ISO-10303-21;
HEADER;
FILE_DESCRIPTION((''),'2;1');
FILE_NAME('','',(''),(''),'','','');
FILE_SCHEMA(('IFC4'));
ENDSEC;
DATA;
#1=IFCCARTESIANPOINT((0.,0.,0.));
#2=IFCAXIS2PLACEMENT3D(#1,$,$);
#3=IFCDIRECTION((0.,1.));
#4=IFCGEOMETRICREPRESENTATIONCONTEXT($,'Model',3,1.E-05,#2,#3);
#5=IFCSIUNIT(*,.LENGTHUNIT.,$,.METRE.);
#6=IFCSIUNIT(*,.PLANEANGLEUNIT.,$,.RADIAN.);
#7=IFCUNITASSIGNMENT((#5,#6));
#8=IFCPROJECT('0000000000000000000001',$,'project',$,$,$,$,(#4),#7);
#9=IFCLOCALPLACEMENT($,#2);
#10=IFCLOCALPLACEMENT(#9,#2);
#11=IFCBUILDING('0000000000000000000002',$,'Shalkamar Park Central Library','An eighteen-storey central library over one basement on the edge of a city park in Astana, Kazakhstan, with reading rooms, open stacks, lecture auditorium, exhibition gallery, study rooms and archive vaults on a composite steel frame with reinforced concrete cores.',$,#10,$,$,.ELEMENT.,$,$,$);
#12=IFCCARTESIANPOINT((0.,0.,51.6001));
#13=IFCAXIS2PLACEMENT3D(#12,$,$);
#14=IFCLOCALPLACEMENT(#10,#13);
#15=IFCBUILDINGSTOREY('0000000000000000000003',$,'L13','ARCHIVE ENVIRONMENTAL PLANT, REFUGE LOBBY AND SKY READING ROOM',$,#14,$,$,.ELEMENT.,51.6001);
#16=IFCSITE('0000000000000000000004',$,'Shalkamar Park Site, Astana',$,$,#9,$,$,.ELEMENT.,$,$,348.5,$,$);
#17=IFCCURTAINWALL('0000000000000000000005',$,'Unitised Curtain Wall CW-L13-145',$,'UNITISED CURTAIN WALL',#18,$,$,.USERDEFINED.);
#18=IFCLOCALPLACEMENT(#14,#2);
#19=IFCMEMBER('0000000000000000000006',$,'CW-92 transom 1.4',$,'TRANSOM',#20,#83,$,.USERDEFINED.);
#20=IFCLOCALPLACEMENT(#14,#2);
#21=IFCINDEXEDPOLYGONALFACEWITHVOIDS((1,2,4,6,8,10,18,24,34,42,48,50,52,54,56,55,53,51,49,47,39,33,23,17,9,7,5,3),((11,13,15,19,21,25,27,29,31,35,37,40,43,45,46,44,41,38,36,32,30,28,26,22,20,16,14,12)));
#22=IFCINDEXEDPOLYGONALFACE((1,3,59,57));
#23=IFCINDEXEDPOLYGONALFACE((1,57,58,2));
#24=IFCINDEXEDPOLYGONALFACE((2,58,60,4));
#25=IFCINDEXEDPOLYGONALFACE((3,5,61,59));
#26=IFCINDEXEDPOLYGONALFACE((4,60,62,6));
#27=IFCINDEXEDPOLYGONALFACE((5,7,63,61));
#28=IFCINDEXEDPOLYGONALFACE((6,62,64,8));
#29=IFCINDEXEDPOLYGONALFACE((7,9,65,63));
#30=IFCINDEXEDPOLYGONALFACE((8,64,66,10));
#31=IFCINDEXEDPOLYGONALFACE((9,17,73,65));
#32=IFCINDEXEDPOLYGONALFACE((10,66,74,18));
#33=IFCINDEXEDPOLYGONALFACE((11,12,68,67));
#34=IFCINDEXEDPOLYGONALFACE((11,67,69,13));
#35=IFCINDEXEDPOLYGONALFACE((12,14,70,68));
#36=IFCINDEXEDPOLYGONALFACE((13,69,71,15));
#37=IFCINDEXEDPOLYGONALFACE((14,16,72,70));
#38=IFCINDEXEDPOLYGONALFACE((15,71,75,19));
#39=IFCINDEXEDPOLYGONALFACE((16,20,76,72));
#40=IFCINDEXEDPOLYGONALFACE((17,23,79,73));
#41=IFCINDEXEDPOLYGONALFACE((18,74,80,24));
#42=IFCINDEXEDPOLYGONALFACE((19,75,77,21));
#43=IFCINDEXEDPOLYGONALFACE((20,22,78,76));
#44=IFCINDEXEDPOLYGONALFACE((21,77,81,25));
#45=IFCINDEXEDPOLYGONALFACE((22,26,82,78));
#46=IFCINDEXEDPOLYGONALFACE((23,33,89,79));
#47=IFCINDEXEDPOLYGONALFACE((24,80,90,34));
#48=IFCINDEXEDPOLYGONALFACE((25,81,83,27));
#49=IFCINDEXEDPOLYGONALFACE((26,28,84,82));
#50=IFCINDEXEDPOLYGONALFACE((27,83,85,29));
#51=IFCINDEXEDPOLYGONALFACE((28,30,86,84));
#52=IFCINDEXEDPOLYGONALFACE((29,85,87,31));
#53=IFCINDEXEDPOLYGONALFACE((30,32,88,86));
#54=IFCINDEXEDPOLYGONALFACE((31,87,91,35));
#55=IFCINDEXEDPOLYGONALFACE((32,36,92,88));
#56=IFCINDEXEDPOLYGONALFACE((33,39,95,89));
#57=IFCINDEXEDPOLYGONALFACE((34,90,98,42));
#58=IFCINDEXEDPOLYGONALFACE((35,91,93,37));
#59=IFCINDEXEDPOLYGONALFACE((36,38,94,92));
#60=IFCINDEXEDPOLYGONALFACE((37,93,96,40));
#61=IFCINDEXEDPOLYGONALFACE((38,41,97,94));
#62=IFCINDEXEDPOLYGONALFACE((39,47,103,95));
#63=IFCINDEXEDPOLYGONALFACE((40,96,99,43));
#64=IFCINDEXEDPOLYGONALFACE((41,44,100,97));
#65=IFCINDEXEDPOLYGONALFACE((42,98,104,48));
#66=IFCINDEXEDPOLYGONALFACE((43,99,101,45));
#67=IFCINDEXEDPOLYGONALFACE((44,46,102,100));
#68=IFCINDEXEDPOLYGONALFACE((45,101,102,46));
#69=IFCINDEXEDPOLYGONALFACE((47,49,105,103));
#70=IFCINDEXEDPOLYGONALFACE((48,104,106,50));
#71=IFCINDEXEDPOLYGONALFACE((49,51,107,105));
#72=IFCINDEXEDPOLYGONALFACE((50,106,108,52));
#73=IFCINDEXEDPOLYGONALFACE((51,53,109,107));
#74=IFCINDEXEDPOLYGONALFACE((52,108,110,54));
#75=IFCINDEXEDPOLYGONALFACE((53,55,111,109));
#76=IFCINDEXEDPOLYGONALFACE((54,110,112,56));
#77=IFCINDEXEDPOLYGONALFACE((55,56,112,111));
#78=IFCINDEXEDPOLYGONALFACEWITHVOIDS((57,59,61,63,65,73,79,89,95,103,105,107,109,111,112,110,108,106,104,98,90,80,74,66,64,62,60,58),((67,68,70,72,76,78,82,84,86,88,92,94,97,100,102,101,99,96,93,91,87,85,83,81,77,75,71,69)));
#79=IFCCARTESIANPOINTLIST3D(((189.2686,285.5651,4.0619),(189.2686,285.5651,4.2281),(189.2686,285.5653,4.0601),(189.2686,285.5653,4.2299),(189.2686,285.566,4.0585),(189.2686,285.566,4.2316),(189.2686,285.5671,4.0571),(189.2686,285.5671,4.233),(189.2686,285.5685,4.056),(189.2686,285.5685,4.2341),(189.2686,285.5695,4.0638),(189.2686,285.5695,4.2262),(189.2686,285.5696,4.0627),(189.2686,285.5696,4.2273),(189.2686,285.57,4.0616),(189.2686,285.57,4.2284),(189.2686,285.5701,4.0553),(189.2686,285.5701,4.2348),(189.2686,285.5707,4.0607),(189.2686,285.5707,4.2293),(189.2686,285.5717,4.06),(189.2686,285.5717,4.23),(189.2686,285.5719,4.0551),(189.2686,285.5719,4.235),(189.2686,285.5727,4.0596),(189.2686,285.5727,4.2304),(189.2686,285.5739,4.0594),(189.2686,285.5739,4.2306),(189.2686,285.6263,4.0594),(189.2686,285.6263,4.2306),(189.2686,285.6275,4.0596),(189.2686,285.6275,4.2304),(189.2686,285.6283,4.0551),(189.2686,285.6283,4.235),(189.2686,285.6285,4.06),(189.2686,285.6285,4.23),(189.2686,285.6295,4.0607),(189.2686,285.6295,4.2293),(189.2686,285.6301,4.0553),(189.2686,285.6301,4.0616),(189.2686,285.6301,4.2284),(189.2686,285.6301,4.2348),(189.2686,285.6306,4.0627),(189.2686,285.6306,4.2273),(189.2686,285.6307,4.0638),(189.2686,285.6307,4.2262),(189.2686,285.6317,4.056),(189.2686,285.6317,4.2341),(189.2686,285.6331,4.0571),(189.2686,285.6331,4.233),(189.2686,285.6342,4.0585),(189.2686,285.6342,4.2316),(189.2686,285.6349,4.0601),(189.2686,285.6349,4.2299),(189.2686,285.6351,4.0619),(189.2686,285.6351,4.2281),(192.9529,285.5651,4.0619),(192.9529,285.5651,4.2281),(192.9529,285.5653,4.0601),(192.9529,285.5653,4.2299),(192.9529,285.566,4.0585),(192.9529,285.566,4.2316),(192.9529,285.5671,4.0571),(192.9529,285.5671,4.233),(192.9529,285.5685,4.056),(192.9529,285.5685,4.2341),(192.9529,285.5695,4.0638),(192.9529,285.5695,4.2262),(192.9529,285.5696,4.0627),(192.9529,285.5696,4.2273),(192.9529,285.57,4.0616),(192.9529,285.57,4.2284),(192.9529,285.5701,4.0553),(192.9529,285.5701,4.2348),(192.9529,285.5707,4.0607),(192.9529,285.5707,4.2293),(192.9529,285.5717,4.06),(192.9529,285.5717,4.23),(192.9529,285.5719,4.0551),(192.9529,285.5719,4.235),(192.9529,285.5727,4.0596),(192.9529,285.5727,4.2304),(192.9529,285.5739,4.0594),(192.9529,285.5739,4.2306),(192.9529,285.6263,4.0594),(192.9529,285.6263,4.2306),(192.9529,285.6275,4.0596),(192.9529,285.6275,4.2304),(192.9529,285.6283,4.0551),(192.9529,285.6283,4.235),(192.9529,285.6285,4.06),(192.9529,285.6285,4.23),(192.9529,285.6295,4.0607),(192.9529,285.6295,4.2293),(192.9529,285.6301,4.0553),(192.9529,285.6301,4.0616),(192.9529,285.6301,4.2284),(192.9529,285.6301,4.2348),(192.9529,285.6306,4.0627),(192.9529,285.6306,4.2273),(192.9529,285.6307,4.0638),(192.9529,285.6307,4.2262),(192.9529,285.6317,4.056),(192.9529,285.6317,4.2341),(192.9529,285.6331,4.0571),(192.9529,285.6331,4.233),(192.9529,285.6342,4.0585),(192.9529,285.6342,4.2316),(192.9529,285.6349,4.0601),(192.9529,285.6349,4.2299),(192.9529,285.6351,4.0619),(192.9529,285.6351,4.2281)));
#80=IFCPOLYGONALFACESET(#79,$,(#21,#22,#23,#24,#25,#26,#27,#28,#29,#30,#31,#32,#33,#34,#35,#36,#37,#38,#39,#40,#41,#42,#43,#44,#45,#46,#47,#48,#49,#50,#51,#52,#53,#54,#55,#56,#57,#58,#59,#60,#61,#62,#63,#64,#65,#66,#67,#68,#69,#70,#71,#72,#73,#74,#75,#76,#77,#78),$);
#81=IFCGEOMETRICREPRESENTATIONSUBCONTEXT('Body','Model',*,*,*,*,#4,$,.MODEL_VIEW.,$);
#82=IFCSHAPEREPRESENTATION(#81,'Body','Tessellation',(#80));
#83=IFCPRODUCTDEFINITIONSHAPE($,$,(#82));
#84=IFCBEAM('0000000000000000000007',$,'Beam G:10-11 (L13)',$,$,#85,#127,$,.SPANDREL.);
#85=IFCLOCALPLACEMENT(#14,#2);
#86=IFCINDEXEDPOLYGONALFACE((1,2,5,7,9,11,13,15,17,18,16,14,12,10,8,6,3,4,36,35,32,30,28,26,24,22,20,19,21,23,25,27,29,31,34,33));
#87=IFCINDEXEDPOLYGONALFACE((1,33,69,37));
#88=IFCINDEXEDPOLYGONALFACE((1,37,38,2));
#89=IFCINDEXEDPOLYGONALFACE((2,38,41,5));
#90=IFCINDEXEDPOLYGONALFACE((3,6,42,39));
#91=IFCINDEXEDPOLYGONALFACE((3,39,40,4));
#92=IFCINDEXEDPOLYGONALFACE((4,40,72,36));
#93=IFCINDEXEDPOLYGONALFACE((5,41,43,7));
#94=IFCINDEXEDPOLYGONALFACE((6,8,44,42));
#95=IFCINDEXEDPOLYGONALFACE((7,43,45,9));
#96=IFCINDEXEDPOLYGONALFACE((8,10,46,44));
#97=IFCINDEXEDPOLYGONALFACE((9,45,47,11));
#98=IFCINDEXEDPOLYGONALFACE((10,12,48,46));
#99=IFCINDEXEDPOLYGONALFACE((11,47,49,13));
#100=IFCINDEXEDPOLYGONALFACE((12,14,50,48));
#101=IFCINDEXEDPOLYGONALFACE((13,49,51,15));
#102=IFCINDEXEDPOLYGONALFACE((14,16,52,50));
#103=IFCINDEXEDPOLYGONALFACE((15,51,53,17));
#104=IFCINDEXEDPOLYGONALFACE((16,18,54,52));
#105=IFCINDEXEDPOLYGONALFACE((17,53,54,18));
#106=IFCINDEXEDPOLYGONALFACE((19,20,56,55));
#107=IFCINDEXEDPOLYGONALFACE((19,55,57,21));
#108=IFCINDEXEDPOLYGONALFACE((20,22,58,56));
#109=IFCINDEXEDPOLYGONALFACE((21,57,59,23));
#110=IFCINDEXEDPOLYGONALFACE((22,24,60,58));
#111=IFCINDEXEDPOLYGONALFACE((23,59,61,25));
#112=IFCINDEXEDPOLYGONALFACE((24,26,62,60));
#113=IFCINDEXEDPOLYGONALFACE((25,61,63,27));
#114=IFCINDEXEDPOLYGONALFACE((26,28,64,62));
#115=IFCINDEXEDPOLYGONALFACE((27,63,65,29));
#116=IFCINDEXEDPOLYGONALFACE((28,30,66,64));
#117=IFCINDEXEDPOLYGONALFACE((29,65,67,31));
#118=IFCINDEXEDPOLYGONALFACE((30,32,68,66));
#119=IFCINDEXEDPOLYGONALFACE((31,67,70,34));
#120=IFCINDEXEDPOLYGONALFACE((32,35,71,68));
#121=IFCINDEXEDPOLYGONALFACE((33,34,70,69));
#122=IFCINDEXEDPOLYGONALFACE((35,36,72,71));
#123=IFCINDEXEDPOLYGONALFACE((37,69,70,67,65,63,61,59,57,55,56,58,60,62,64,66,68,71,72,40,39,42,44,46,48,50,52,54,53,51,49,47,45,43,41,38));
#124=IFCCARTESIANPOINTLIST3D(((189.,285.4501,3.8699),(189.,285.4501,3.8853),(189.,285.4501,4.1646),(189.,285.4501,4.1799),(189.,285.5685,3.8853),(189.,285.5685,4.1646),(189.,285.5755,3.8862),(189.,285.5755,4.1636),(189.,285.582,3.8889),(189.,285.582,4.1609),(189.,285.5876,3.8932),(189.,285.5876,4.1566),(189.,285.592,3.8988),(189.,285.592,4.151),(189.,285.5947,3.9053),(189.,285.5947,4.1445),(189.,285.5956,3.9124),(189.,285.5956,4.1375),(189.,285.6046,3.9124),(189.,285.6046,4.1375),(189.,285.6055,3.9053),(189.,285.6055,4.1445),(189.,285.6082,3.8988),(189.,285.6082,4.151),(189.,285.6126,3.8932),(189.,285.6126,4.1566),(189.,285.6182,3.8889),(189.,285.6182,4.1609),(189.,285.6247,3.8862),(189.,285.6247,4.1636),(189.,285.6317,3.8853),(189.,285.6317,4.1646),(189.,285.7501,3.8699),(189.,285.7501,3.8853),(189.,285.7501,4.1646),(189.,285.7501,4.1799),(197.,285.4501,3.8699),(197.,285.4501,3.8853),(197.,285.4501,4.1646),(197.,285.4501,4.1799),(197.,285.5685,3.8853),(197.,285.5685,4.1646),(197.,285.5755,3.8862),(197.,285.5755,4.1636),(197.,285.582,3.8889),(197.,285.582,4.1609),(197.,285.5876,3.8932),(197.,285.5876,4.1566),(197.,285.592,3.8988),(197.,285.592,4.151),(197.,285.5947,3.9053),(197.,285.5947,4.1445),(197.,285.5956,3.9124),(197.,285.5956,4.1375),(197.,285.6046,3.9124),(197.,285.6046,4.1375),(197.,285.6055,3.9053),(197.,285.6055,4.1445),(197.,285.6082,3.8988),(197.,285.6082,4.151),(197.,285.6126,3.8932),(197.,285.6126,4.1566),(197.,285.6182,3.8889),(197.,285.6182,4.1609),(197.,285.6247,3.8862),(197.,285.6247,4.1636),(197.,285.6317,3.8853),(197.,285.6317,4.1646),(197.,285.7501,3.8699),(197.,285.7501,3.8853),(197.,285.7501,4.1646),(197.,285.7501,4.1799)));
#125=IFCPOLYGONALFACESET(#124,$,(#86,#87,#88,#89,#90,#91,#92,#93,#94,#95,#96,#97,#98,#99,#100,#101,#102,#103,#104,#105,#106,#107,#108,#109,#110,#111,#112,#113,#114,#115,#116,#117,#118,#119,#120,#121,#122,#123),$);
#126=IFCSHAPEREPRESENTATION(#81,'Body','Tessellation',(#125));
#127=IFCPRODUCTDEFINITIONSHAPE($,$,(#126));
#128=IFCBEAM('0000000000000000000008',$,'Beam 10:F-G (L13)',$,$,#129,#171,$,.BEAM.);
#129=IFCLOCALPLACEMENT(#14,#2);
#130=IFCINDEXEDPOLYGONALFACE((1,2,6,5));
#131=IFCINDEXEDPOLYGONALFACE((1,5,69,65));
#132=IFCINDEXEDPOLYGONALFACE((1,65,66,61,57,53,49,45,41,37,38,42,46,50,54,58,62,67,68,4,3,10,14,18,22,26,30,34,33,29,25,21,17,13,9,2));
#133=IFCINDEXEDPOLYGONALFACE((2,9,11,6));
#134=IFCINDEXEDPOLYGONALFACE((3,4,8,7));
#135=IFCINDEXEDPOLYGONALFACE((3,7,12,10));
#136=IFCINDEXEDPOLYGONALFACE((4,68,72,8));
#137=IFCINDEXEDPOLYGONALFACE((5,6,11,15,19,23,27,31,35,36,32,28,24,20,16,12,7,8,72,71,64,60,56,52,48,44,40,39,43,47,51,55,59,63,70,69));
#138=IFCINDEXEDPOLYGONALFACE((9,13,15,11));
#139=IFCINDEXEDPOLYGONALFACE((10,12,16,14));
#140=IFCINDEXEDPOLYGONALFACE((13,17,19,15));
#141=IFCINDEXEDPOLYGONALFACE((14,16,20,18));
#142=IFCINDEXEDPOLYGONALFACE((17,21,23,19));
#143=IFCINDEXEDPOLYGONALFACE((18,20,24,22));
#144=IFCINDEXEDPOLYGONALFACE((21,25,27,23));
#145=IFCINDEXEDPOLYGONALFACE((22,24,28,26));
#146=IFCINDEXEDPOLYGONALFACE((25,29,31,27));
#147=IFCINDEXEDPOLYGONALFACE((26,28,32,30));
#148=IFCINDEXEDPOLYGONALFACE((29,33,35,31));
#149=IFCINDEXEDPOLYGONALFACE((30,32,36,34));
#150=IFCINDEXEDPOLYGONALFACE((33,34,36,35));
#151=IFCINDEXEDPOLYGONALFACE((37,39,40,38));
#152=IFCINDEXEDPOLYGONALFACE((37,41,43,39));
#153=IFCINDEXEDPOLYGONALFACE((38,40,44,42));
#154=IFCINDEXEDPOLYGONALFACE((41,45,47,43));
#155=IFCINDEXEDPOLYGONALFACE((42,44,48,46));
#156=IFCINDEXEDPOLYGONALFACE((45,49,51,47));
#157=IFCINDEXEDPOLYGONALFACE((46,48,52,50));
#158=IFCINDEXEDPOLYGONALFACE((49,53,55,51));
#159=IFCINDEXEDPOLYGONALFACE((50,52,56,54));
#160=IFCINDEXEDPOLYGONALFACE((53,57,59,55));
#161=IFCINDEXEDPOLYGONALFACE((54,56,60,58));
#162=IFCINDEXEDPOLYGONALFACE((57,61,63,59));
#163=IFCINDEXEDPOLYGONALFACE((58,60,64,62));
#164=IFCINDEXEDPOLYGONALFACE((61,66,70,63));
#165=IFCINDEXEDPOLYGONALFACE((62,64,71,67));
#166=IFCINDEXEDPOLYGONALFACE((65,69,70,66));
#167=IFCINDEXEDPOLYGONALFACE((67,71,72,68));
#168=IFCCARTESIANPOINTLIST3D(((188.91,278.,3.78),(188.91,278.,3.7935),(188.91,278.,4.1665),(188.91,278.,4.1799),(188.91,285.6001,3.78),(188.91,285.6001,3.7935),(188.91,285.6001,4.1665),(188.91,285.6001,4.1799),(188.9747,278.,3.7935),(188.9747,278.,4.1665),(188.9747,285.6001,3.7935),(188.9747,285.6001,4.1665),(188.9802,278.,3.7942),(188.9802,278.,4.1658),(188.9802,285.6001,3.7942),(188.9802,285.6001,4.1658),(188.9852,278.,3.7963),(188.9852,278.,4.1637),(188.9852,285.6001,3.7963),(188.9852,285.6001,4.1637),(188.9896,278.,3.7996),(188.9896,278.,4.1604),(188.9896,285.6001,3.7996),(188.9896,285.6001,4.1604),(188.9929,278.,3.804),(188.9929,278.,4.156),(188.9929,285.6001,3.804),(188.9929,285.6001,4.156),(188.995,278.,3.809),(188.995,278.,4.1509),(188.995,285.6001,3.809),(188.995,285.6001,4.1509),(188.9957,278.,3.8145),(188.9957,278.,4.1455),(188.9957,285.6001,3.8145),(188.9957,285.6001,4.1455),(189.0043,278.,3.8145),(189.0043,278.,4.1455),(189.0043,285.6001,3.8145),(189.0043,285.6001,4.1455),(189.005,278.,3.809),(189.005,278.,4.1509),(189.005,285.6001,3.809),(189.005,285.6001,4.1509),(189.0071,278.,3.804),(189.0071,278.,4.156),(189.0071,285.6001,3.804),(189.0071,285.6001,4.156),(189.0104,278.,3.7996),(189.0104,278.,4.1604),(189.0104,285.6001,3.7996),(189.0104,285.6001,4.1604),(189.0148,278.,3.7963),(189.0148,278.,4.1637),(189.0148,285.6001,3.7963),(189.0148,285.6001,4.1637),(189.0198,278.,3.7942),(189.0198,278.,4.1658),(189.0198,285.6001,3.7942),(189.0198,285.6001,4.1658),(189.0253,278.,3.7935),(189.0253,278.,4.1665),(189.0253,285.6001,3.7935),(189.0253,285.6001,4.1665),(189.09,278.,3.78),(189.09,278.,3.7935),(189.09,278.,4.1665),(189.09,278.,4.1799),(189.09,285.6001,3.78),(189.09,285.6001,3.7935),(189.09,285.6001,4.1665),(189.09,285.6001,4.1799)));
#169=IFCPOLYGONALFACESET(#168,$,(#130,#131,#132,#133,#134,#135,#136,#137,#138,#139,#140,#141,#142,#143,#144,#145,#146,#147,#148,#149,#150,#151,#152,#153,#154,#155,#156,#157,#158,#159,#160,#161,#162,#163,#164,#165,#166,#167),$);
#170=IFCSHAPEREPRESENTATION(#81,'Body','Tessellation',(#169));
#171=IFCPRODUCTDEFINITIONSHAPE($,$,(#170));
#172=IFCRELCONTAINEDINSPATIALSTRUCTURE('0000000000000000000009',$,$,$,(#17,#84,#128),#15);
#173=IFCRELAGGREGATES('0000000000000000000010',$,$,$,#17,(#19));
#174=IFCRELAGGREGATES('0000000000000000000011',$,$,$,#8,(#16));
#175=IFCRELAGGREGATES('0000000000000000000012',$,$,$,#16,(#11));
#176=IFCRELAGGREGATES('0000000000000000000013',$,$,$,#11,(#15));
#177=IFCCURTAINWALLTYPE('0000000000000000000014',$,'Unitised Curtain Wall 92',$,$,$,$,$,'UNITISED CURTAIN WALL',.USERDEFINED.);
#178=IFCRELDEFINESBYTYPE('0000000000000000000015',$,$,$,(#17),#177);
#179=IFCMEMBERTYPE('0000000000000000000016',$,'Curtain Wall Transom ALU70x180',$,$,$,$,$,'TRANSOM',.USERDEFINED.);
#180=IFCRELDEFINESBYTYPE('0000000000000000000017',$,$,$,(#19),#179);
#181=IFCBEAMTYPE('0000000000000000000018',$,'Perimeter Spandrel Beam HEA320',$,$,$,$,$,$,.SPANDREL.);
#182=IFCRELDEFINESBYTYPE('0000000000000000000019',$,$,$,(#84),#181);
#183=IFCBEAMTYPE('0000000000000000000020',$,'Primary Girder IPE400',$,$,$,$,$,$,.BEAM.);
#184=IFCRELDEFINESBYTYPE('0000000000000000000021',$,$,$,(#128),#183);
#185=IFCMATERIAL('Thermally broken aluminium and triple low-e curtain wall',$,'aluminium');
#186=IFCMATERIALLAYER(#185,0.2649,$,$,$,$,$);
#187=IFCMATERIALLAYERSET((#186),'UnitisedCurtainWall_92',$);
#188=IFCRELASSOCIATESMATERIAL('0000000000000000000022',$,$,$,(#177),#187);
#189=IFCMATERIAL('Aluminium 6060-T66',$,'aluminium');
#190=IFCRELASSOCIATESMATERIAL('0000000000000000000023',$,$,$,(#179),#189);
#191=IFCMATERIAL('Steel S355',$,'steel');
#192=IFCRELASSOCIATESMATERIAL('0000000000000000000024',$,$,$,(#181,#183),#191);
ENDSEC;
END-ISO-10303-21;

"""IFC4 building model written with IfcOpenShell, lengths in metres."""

from ifc_helpers import new_model, si_unit, direction, frame, origin, origin_2d, place, context, subcontext, project, spatial, hollow_rectangle, i_section, extrude, material, layer, layer_set, material_profile, profile_set, type_object, element, aggregate, save


model = new_model("IFC4")

# Units and contexts
model_context = context("Model", 3, precision=1e-05, world=origin(), true_north=direction((0.0, 1.0)))
body_context = subcontext(model_context, "Body", "Model", "MODEL_VIEW")
ifc_project = project(units=[si_unit("LENGTHUNIT", "METRE"), si_unit("PLANEANGLEUNIT", "RADIAN")], contexts=[model_context])

# Site, building, storey
site_placement = place(None, origin())
site = spatial("IfcSite", under=ifc_project, at=site_placement, Name="Shalkamar Park Site, Astana", CompositionType="ELEMENT", RefElevation=348.5)
building_placement = place(site_placement, origin())
building = spatial("IfcBuilding", under=site, at=building_placement, Name="Shalkamar Park Central Library", Description="An eighteen-storey central library over one basement on the edge of a city park in Astana, Kazakhstan, with reading rooms, open stacks, lecture auditorium, exhibition gallery, study rooms and archive vaults on a composite steel frame with reinforced concrete cores.", CompositionType="ELEMENT")
storey_placement = place(building_placement, frame((0.0, 0.0, 51.6001)))
storey = spatial("IfcBuildingStorey", under=building, at=storey_placement, Name="L13", Description="ARCHIVE ENVIRONMENTAL PLANT, REFUGE LOBBY AND SKY READING ROOM", CompositionType="ELEMENT", Elevation=51.6001)

# Shared definitions
ifc_material_1 = material(Name="Steel S355", Category="steel")

# Shared definitions
ifc_material_2 = material(Name="Thermally broken aluminium and triple low-e curtain wall", Category="aluminium")
ifc_material_3 = material(Name="Aluminium 6060-T66", Category="aluminium")

# Curtain wall
ifc_layer_1 = layer(ifc_material_2, 0.2649)
ifc_layer_set_1 = layer_set([ifc_layer_1], Name="UnitisedCurtainWall_92")
curtain_wall_type_1 = type_object("IfcCurtainWallType", Name="Unitised Curtain Wall 92", ElementType="UNITISED CURTAIN WALL", PredefinedType="USERDEFINED", material=ifc_layer_set_1)
curtain_wall_1_placement = place(storey_placement, origin())
curtain_wall_1 = element("IfcCurtainWall", 1, at=curtain_wall_1_placement, inside=storey, type_object=curtain_wall_type_1, Name="Unitised Curtain Wall CW-L13-145", ObjectType="UNITISED CURTAIN WALL", PredefinedType="USERDEFINED")

# Member
ifc_material_profile_1 = material_profile(ifc_material_3, hollow_rectangle(XDim=0.0701, YDim=0.1799, WallThickness=0.0044, InnerFilletRadius=0.0044, OuterFilletRadius=0.0068, at=origin_2d()), Name="ALU 70x180x4.5")
ifc_profile_set_1 = profile_set([ifc_material_profile_1], Name="Aluminium 6060-T66")
member_type_1 = type_object("IfcMemberType", Name="Curtain Wall Transom ALU70x180", ElementType="TRANSOM", PredefinedType="USERDEFINED", material=ifc_profile_set_1)
member_1_placement = place(storey_placement, frame((189.2686, 285.6001, 4.145), z_axis=(1.0, 0.0, 0.0), x_axis=(0.0, 1.0, 0.0)))
member_1 = element("IfcMember", 2, at=member_1_placement, type_object=member_type_1, Name="CW-92 transom 1.4", ObjectType="TRANSOM", PredefinedType="USERDEFINED", context=body_context, shape_type="SweptSolid", body=[
    extrude(hollow_rectangle(XDim=0.0701, YDim=0.1799, WallThickness=0.0044, InnerFilletRadius=0.0044, OuterFilletRadius=0.0068, at=origin_2d()), origin(), (0.0, 0.0, 1.0), 3.6843),
])

# Beams
ifc_material_profile_2 = material_profile(ifc_material_1, i_section(OverallWidth=0.3, OverallDepth=0.3101, WebThickness=0.009, FlangeThickness=0.0154, FilletRadius=0.0271, at=origin_2d()), Name="HEA 320")
ifc_profile_set_2 = profile_set([ifc_material_profile_2], Name="Steel S355")
beam_type_1 = type_object("IfcBeamType", Name="Perimeter Spandrel Beam HEA320", PredefinedType="SPANDREL", material=ifc_profile_set_2)
beam_1_placement = place(storey_placement, frame((189.0, 285.6001, 4.0249), z_axis=(1.0, 0.0, 0.0), x_axis=(0.0, 1.0, 0.0)))
element("IfcBeam", 3, at=beam_1_placement, inside=storey, type_object=beam_type_1, Name="Beam G:10-11 (L13)", PredefinedType="SPANDREL", context=body_context, shape_type="SweptSolid", body=[
    extrude(i_section(OverallWidth=0.3, OverallDepth=0.3101, WebThickness=0.009, FlangeThickness=0.0154, FilletRadius=0.0271, at=origin_2d()), origin(), (0.0, 0.0, 1.0), 8.0),
])
ifc_material_profile_3 = material_profile(ifc_material_1, i_section(OverallWidth=0.1799, OverallDepth=0.3999, WebThickness=0.0085, FlangeThickness=0.0134, FilletRadius=0.021, at=origin_2d()), Name="IPE 400")
ifc_profile_set_3 = profile_set([ifc_material_profile_3], Name="Steel S355")
beam_type_2 = type_object("IfcBeamType", Name="Primary Girder IPE400", PredefinedType="BEAM", material=ifc_profile_set_3)
beam_2_placement = place(storey_placement, frame((189.0, 278.0, 3.98), z_axis=(0.0, 1.0, 0.0), x_axis=(-1.0, 0.0, 0.0)))
element("IfcBeam", 4, at=beam_2_placement, inside=storey, type_object=beam_type_2, Name="Beam 10:F-G (L13)", PredefinedType="BEAM", context=body_context, shape_type="SweptSolid", body=[
    extrude(i_section(OverallWidth=0.1799, OverallDepth=0.3999, WebThickness=0.0085, FlangeThickness=0.0134, FilletRadius=0.021, at=origin_2d()), origin(), (0.0, 0.0, 1.0), 7.6001),
])

aggregate(curtain_wall_1, [member_1])

save(model, "model.ifc")
